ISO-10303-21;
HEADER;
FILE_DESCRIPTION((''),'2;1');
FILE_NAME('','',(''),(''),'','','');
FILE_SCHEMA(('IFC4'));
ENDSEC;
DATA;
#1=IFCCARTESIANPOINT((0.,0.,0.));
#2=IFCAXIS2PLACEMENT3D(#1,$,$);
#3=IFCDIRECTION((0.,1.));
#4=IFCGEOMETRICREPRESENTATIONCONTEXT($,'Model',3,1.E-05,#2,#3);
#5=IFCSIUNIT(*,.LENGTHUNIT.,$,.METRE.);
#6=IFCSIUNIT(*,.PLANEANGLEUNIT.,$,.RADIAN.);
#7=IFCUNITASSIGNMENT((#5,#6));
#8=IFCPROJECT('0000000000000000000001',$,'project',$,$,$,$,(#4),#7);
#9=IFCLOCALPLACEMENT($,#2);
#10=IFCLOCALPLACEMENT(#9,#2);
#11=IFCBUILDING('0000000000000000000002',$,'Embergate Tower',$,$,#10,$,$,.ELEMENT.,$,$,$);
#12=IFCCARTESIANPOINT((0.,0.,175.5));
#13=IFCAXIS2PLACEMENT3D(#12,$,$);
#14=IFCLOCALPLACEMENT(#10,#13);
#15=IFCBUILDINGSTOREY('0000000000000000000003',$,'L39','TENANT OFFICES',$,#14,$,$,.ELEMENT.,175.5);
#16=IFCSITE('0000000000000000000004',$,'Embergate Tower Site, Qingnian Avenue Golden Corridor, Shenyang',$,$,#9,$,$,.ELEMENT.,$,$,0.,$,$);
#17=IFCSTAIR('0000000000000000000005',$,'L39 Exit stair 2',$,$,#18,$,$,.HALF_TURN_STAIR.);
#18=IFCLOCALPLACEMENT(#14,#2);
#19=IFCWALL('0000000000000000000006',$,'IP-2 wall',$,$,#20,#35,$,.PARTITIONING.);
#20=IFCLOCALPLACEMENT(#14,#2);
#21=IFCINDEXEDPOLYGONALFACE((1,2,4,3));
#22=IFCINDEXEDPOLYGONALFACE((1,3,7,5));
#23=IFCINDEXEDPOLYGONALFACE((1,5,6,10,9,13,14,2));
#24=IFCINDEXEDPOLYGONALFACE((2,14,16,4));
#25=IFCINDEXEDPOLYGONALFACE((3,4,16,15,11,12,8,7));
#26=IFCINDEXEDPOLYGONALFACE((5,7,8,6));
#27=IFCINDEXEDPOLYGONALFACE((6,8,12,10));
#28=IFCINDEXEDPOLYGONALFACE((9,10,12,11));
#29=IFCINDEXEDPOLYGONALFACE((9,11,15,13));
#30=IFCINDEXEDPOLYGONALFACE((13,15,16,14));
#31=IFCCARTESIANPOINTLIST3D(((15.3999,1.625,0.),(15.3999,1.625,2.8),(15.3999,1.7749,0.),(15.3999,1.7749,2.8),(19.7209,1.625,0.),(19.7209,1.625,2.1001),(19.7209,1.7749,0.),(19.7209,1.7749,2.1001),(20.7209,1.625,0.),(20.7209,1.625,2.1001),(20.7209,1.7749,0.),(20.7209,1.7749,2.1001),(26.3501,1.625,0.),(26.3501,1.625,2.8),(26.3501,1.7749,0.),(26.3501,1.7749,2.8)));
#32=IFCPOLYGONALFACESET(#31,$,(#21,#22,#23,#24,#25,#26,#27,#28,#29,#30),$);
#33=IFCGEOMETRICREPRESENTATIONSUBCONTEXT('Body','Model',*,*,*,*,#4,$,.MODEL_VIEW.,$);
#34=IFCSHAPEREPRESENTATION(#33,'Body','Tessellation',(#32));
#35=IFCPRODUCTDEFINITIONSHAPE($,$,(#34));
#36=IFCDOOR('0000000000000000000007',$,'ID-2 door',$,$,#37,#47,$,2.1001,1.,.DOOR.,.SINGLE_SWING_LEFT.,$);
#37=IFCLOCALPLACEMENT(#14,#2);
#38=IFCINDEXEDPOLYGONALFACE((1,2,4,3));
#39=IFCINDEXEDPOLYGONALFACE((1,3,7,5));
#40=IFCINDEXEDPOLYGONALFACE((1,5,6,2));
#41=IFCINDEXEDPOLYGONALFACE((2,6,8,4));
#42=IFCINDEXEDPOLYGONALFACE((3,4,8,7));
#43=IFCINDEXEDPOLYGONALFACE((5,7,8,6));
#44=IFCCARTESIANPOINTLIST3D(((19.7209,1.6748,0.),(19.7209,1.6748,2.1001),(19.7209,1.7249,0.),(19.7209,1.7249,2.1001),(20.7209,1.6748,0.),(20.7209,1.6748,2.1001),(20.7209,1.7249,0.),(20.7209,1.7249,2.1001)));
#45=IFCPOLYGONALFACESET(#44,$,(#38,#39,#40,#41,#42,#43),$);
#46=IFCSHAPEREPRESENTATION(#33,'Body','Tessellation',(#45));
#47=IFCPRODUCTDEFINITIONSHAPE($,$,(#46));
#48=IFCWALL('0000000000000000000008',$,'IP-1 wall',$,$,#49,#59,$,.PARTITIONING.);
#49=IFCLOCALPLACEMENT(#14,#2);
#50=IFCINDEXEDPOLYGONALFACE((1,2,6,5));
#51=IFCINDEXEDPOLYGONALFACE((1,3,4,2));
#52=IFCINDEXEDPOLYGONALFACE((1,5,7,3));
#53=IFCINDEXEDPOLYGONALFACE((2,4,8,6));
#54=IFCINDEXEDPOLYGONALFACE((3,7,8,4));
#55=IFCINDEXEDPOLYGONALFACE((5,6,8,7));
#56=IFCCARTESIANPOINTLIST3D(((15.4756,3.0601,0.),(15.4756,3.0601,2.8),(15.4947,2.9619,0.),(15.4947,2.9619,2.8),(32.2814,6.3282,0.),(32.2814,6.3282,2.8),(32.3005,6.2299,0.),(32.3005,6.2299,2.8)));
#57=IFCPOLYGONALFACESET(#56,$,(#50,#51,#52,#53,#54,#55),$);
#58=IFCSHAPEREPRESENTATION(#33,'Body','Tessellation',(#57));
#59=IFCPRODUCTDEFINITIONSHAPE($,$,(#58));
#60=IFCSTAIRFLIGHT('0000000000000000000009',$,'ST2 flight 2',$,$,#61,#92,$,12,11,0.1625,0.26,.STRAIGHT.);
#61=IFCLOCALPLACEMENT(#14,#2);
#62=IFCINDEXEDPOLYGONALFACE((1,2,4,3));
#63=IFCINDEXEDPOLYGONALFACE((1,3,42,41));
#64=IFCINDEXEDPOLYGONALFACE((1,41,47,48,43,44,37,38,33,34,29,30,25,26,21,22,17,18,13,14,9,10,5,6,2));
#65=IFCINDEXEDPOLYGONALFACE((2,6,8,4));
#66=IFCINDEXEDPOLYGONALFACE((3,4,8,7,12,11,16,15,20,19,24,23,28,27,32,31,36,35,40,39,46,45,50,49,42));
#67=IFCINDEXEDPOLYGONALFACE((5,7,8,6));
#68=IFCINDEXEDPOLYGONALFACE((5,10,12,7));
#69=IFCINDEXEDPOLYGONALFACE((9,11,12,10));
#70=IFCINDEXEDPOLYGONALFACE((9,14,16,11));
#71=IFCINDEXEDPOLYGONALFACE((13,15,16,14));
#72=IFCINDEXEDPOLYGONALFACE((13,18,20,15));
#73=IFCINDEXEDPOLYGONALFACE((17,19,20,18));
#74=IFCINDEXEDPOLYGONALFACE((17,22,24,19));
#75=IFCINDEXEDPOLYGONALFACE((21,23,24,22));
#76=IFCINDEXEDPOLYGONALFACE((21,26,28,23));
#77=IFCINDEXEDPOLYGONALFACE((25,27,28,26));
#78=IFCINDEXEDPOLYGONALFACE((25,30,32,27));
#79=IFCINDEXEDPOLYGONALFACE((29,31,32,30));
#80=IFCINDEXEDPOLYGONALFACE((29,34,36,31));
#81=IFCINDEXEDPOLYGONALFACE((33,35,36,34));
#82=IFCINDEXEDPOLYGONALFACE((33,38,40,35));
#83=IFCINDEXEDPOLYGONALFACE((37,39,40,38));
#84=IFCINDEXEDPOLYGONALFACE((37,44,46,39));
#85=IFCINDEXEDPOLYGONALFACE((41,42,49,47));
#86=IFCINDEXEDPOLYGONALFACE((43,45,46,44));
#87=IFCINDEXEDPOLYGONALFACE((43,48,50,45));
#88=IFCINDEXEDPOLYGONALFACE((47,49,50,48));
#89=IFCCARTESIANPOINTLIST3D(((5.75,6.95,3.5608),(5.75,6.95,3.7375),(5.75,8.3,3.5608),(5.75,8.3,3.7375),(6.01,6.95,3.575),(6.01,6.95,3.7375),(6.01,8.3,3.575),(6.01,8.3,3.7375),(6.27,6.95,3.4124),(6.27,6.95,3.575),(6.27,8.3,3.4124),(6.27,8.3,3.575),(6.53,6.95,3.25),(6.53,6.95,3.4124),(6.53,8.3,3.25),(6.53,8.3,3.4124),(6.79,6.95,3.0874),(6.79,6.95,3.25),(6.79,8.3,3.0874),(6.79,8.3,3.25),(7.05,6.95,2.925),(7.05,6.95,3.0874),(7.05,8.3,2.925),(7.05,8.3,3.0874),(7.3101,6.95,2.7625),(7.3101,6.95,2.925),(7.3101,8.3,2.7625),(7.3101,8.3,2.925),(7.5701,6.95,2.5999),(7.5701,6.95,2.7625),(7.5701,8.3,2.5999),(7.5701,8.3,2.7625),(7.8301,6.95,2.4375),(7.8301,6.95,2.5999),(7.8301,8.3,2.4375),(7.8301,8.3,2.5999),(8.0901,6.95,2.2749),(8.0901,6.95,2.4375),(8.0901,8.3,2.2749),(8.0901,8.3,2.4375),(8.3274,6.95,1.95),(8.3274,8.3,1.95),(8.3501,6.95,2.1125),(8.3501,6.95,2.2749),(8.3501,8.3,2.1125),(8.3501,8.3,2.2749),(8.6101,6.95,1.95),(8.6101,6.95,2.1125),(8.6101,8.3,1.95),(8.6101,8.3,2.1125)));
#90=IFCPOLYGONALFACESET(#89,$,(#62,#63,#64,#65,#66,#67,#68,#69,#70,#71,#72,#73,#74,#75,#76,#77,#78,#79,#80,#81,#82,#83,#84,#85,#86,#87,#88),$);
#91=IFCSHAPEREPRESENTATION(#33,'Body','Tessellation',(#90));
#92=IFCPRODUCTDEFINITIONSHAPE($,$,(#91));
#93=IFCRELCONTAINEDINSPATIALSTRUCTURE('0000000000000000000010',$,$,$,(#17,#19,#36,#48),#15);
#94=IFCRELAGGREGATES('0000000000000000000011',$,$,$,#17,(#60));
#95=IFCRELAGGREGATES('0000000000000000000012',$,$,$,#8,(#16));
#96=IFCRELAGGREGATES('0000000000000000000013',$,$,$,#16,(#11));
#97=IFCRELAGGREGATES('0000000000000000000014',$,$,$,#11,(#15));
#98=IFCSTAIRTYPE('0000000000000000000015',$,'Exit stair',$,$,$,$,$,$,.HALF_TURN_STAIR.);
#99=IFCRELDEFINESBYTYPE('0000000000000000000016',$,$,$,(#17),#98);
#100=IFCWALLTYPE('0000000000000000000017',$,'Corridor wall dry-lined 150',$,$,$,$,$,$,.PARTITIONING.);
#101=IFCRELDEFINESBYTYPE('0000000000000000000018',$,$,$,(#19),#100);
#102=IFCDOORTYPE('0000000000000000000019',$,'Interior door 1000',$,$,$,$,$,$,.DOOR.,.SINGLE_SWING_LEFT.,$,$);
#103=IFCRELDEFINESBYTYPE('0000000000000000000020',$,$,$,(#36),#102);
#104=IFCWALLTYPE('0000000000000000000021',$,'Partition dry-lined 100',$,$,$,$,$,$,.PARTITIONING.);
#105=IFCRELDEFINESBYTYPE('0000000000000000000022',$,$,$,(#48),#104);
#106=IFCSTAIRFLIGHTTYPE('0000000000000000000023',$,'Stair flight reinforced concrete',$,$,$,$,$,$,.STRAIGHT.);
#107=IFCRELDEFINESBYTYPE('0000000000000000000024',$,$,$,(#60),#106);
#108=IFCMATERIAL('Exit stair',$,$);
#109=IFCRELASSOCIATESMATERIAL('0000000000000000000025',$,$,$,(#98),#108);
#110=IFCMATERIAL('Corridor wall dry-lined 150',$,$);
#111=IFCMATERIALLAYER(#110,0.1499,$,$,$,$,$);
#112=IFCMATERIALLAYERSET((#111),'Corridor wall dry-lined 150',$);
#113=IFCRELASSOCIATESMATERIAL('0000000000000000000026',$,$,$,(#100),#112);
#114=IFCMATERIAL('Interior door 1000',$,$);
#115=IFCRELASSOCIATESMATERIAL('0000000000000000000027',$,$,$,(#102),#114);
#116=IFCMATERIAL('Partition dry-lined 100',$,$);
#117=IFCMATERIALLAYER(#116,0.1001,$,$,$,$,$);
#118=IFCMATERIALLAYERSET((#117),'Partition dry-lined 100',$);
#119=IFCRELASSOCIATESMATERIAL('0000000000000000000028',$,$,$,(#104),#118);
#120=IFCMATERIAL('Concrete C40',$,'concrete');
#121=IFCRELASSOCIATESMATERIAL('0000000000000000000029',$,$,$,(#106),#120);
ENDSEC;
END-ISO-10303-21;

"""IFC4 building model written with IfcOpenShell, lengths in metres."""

from ifc_helpers import new_model, si_unit, direction, frame, frame_2d, origin, place, context, subcontext, project, spatial, polyline, rectangle, outline, extrude, source, transform, mapped, material, layer, layer_set, type_object, element, fill, aggregate, save


model = new_model("IFC4")

# Units and contexts
model_context = context("Model", 3, precision=1e-05, world=origin(), true_north=direction((0.0, 1.0)))
body_context = subcontext(model_context, "Body", "Model", "MODEL_VIEW")
ifc_project = project(units=[si_unit("LENGTHUNIT", "METRE"), si_unit("PLANEANGLEUNIT", "RADIAN")], contexts=[model_context])

# Site, building, storey
site_placement = place(None, origin())
site = spatial("IfcSite", under=ifc_project, at=site_placement, Name="Embergate Tower Site, Qingnian Avenue Golden Corridor, Shenyang", CompositionType="ELEMENT", RefElevation=0.0)
building_placement = place(site_placement, origin())
building = spatial("IfcBuilding", under=site, at=building_placement, Name="Embergate Tower", CompositionType="ELEMENT")
storey_placement = place(building_placement, frame((0.0, 0.0, 175.5)))
storey = spatial("IfcBuildingStorey", under=building, at=storey_placement, Name="L39", Description="TENANT OFFICES", CompositionType="ELEMENT", Elevation=175.5)

# Stair
ifc_material_1 = material(Name="Exit stair")
stair_type = type_object("IfcStairType", Name="Exit stair", PredefinedType="HALF_TURN_STAIR", material=ifc_material_1)
stair_placement = place(storey_placement, origin())
stair = element("IfcStair", 1, at=stair_placement, inside=storey, type_object=stair_type, Name="L39 Exit stair 2", PredefinedType="HALF_TURN_STAIR")
ifc_material_2 = material(Name="Concrete C40", Category="concrete")

# Wall, opening, door
ifc_material_3 = material(Name="Corridor wall dry-lined 150")
ifc_layer_1 = layer(ifc_material_3, 0.1499)
ifc_layer_set_1 = layer_set([ifc_layer_1], Name="Corridor wall dry-lined 150")
wall_type_1 = type_object("IfcWallType", Name="Corridor wall dry-lined 150", PredefinedType="PARTITIONING", material=ifc_layer_set_1)
shared_shape_1 = source(origin(), body_context, "Body", "SweptSolid", [
    extrude(rectangle(XDim=10.9502, YDim=0.1499, at=frame_2d((5.4751, 0.0))), origin(), (0.0, 0.0, 1.0), 2.8),
])
wall_1_placement = place(storey_placement, frame((15.3999, 1.7, 0.0), z_axis=(0.0, 0.0, 1.0), x_axis=(1.0, 0.0, 0.0)))
wall_1 = element("IfcWall", 2, at=wall_1_placement, inside=storey, type_object=wall_type_1, Name="IP-2 wall", PredefinedType="PARTITIONING", context=body_context, shape_type="MappedRepresentation", body=[
    mapped(shared_shape_1, transform((0.0, 0.0, 0.0))),
])
shared_shape_2 = source(origin(), body_context, "Body", "SweptSolid", [
    extrude(rectangle(XDim=1.0, YDim=2.1001, at=frame_2d((0.5, 1.05))), frame((0.0, 0.085, 0.0), z_axis=(0.0, -1.0, 0.0), x_axis=(1.0, 0.0, 0.0)), (0.0, 0.0, 1.0), 0.1699),
])
opening_1_placement = place(wall_1_placement, frame((4.321, 0.0, 0.0)))
opening_1 = element("IfcOpeningElement", 3, at=opening_1_placement, cuts=wall_1, PredefinedType="OPENING", context=body_context, shape_type="MappedRepresentation", body=[
    mapped(shared_shape_2, transform((0.0, 0.0, 0.0))),
])
ifc_material_4 = material(Name="Interior door 1000")
door_type_1 = type_object("IfcDoorType", Name="Interior door 1000", OperationType="SINGLE_SWING_LEFT", PredefinedType="DOOR", material=ifc_material_4)
shared_shape_3 = source(origin(), body_context, "Body", "SweptSolid", [
    extrude(rectangle(XDim=1.0, YDim=2.1001, at=frame_2d((0.5, 1.05))), frame((0.0, 0.0249, 0.0), z_axis=(0.0, -1.0, 0.0), x_axis=(1.0, 0.0, 0.0)), (0.0, 0.0, 1.0), 0.05),
])
door_1_placement = place(opening_1_placement, origin())
door_1 = element("IfcDoor", 4, at=door_1_placement, inside=storey, type_object=door_type_1, Name="ID-2 door", OperationType="SINGLE_SWING_LEFT", OverallHeight=2.1001, OverallWidth=1.0, PredefinedType="DOOR", context=body_context, shape_type="MappedRepresentation", body=[
    mapped(shared_shape_3, transform((0.0, 0.0, 0.0))),
])
fill(opening_1, door_1)

# Wall
ifc_material_5 = material(Name="Partition dry-lined 100")
ifc_layer_2 = layer(ifc_material_5, 0.1001)
ifc_layer_set_2 = layer_set([ifc_layer_2], Name="Partition dry-lined 100")
wall_type_2 = type_object("IfcWallType", Name="Partition dry-lined 100", PredefinedType="PARTITIONING", material=ifc_layer_set_2)
shared_shape_4 = source(origin(), body_context, "Body", "SweptSolid", [
    extrude(rectangle(XDim=17.1206, YDim=0.1001, at=frame_2d((8.5603, 0.0))), origin(), (0.0, 0.0, 1.0), 2.8),
])
wall_2_placement = place(storey_placement, frame((15.4851, 3.011, 0.0), z_axis=(0.0, 0.0, 1.0), x_axis=(0.981613, 0.190884, 0.0)))
element("IfcWall", 5, at=wall_2_placement, inside=storey, type_object=wall_type_2, Name="IP-1 wall", PredefinedType="PARTITIONING", context=body_context, shape_type="MappedRepresentation", body=[
    mapped(shared_shape_4, transform((0.0, 0.0, 0.0))),
])

# Stair flight
stair_flight_type = type_object("IfcStairFlightType", Name="Stair flight reinforced concrete", PredefinedType="STRAIGHT", material=ifc_material_2)
shared_shape_5 = source(origin(), body_context, "Body", "SweptSolid", [
    extrude(outline(polyline([(0.0, 0.0), (0.0, 0.1626), (0.26, 0.1626), (0.26, 0.325), (0.52, 0.325), (0.52, 0.4875), (0.78, 0.4875), (0.78, 0.6499), (1.04, 0.6499), (1.04, 0.8125), (1.3, 0.8125), (1.3, 0.9751), (1.5601, 0.9751), (1.5601, 1.1375), (1.8201, 1.1375), (1.8201, 1.3), (2.0801, 1.3), (2.0801, 1.4624), (2.3401, 1.4624), (2.3401, 1.625), (2.6001, 1.625), (2.6001, 1.7876), (2.8601, 1.7876), (2.8601, 1.95), (2.8601, 1.6108), (0.2827, 0.0), (0.0, 0.0)])), frame((0.0, 0.675, 0.0), z_axis=(0.0, -1.0, 0.0), x_axis=(1.0, 0.0, 0.0)), (0.0, 0.0, 1.0), 1.3501),
])
stair_flight_placement = place(storey_placement, frame((8.6101, 7.625, 1.95), z_axis=(0.0, 0.0, 1.0), x_axis=(-1.0, 0.0, 0.0)))
stair_flight = element("IfcStairFlight", 6, at=stair_flight_placement, type_object=stair_flight_type, Name="ST2 flight 2", NumberOfRisers=12, NumberOfTreads=11, PredefinedType="STRAIGHT", RiserHeight=0.1625, TreadLength=0.26, context=body_context, shape_type="MappedRepresentation", body=[
    mapped(shared_shape_5, transform((0.0, 0.0, 0.0))),
])
aggregate(stair, [stair_flight])

save(model, "model.ifc")
